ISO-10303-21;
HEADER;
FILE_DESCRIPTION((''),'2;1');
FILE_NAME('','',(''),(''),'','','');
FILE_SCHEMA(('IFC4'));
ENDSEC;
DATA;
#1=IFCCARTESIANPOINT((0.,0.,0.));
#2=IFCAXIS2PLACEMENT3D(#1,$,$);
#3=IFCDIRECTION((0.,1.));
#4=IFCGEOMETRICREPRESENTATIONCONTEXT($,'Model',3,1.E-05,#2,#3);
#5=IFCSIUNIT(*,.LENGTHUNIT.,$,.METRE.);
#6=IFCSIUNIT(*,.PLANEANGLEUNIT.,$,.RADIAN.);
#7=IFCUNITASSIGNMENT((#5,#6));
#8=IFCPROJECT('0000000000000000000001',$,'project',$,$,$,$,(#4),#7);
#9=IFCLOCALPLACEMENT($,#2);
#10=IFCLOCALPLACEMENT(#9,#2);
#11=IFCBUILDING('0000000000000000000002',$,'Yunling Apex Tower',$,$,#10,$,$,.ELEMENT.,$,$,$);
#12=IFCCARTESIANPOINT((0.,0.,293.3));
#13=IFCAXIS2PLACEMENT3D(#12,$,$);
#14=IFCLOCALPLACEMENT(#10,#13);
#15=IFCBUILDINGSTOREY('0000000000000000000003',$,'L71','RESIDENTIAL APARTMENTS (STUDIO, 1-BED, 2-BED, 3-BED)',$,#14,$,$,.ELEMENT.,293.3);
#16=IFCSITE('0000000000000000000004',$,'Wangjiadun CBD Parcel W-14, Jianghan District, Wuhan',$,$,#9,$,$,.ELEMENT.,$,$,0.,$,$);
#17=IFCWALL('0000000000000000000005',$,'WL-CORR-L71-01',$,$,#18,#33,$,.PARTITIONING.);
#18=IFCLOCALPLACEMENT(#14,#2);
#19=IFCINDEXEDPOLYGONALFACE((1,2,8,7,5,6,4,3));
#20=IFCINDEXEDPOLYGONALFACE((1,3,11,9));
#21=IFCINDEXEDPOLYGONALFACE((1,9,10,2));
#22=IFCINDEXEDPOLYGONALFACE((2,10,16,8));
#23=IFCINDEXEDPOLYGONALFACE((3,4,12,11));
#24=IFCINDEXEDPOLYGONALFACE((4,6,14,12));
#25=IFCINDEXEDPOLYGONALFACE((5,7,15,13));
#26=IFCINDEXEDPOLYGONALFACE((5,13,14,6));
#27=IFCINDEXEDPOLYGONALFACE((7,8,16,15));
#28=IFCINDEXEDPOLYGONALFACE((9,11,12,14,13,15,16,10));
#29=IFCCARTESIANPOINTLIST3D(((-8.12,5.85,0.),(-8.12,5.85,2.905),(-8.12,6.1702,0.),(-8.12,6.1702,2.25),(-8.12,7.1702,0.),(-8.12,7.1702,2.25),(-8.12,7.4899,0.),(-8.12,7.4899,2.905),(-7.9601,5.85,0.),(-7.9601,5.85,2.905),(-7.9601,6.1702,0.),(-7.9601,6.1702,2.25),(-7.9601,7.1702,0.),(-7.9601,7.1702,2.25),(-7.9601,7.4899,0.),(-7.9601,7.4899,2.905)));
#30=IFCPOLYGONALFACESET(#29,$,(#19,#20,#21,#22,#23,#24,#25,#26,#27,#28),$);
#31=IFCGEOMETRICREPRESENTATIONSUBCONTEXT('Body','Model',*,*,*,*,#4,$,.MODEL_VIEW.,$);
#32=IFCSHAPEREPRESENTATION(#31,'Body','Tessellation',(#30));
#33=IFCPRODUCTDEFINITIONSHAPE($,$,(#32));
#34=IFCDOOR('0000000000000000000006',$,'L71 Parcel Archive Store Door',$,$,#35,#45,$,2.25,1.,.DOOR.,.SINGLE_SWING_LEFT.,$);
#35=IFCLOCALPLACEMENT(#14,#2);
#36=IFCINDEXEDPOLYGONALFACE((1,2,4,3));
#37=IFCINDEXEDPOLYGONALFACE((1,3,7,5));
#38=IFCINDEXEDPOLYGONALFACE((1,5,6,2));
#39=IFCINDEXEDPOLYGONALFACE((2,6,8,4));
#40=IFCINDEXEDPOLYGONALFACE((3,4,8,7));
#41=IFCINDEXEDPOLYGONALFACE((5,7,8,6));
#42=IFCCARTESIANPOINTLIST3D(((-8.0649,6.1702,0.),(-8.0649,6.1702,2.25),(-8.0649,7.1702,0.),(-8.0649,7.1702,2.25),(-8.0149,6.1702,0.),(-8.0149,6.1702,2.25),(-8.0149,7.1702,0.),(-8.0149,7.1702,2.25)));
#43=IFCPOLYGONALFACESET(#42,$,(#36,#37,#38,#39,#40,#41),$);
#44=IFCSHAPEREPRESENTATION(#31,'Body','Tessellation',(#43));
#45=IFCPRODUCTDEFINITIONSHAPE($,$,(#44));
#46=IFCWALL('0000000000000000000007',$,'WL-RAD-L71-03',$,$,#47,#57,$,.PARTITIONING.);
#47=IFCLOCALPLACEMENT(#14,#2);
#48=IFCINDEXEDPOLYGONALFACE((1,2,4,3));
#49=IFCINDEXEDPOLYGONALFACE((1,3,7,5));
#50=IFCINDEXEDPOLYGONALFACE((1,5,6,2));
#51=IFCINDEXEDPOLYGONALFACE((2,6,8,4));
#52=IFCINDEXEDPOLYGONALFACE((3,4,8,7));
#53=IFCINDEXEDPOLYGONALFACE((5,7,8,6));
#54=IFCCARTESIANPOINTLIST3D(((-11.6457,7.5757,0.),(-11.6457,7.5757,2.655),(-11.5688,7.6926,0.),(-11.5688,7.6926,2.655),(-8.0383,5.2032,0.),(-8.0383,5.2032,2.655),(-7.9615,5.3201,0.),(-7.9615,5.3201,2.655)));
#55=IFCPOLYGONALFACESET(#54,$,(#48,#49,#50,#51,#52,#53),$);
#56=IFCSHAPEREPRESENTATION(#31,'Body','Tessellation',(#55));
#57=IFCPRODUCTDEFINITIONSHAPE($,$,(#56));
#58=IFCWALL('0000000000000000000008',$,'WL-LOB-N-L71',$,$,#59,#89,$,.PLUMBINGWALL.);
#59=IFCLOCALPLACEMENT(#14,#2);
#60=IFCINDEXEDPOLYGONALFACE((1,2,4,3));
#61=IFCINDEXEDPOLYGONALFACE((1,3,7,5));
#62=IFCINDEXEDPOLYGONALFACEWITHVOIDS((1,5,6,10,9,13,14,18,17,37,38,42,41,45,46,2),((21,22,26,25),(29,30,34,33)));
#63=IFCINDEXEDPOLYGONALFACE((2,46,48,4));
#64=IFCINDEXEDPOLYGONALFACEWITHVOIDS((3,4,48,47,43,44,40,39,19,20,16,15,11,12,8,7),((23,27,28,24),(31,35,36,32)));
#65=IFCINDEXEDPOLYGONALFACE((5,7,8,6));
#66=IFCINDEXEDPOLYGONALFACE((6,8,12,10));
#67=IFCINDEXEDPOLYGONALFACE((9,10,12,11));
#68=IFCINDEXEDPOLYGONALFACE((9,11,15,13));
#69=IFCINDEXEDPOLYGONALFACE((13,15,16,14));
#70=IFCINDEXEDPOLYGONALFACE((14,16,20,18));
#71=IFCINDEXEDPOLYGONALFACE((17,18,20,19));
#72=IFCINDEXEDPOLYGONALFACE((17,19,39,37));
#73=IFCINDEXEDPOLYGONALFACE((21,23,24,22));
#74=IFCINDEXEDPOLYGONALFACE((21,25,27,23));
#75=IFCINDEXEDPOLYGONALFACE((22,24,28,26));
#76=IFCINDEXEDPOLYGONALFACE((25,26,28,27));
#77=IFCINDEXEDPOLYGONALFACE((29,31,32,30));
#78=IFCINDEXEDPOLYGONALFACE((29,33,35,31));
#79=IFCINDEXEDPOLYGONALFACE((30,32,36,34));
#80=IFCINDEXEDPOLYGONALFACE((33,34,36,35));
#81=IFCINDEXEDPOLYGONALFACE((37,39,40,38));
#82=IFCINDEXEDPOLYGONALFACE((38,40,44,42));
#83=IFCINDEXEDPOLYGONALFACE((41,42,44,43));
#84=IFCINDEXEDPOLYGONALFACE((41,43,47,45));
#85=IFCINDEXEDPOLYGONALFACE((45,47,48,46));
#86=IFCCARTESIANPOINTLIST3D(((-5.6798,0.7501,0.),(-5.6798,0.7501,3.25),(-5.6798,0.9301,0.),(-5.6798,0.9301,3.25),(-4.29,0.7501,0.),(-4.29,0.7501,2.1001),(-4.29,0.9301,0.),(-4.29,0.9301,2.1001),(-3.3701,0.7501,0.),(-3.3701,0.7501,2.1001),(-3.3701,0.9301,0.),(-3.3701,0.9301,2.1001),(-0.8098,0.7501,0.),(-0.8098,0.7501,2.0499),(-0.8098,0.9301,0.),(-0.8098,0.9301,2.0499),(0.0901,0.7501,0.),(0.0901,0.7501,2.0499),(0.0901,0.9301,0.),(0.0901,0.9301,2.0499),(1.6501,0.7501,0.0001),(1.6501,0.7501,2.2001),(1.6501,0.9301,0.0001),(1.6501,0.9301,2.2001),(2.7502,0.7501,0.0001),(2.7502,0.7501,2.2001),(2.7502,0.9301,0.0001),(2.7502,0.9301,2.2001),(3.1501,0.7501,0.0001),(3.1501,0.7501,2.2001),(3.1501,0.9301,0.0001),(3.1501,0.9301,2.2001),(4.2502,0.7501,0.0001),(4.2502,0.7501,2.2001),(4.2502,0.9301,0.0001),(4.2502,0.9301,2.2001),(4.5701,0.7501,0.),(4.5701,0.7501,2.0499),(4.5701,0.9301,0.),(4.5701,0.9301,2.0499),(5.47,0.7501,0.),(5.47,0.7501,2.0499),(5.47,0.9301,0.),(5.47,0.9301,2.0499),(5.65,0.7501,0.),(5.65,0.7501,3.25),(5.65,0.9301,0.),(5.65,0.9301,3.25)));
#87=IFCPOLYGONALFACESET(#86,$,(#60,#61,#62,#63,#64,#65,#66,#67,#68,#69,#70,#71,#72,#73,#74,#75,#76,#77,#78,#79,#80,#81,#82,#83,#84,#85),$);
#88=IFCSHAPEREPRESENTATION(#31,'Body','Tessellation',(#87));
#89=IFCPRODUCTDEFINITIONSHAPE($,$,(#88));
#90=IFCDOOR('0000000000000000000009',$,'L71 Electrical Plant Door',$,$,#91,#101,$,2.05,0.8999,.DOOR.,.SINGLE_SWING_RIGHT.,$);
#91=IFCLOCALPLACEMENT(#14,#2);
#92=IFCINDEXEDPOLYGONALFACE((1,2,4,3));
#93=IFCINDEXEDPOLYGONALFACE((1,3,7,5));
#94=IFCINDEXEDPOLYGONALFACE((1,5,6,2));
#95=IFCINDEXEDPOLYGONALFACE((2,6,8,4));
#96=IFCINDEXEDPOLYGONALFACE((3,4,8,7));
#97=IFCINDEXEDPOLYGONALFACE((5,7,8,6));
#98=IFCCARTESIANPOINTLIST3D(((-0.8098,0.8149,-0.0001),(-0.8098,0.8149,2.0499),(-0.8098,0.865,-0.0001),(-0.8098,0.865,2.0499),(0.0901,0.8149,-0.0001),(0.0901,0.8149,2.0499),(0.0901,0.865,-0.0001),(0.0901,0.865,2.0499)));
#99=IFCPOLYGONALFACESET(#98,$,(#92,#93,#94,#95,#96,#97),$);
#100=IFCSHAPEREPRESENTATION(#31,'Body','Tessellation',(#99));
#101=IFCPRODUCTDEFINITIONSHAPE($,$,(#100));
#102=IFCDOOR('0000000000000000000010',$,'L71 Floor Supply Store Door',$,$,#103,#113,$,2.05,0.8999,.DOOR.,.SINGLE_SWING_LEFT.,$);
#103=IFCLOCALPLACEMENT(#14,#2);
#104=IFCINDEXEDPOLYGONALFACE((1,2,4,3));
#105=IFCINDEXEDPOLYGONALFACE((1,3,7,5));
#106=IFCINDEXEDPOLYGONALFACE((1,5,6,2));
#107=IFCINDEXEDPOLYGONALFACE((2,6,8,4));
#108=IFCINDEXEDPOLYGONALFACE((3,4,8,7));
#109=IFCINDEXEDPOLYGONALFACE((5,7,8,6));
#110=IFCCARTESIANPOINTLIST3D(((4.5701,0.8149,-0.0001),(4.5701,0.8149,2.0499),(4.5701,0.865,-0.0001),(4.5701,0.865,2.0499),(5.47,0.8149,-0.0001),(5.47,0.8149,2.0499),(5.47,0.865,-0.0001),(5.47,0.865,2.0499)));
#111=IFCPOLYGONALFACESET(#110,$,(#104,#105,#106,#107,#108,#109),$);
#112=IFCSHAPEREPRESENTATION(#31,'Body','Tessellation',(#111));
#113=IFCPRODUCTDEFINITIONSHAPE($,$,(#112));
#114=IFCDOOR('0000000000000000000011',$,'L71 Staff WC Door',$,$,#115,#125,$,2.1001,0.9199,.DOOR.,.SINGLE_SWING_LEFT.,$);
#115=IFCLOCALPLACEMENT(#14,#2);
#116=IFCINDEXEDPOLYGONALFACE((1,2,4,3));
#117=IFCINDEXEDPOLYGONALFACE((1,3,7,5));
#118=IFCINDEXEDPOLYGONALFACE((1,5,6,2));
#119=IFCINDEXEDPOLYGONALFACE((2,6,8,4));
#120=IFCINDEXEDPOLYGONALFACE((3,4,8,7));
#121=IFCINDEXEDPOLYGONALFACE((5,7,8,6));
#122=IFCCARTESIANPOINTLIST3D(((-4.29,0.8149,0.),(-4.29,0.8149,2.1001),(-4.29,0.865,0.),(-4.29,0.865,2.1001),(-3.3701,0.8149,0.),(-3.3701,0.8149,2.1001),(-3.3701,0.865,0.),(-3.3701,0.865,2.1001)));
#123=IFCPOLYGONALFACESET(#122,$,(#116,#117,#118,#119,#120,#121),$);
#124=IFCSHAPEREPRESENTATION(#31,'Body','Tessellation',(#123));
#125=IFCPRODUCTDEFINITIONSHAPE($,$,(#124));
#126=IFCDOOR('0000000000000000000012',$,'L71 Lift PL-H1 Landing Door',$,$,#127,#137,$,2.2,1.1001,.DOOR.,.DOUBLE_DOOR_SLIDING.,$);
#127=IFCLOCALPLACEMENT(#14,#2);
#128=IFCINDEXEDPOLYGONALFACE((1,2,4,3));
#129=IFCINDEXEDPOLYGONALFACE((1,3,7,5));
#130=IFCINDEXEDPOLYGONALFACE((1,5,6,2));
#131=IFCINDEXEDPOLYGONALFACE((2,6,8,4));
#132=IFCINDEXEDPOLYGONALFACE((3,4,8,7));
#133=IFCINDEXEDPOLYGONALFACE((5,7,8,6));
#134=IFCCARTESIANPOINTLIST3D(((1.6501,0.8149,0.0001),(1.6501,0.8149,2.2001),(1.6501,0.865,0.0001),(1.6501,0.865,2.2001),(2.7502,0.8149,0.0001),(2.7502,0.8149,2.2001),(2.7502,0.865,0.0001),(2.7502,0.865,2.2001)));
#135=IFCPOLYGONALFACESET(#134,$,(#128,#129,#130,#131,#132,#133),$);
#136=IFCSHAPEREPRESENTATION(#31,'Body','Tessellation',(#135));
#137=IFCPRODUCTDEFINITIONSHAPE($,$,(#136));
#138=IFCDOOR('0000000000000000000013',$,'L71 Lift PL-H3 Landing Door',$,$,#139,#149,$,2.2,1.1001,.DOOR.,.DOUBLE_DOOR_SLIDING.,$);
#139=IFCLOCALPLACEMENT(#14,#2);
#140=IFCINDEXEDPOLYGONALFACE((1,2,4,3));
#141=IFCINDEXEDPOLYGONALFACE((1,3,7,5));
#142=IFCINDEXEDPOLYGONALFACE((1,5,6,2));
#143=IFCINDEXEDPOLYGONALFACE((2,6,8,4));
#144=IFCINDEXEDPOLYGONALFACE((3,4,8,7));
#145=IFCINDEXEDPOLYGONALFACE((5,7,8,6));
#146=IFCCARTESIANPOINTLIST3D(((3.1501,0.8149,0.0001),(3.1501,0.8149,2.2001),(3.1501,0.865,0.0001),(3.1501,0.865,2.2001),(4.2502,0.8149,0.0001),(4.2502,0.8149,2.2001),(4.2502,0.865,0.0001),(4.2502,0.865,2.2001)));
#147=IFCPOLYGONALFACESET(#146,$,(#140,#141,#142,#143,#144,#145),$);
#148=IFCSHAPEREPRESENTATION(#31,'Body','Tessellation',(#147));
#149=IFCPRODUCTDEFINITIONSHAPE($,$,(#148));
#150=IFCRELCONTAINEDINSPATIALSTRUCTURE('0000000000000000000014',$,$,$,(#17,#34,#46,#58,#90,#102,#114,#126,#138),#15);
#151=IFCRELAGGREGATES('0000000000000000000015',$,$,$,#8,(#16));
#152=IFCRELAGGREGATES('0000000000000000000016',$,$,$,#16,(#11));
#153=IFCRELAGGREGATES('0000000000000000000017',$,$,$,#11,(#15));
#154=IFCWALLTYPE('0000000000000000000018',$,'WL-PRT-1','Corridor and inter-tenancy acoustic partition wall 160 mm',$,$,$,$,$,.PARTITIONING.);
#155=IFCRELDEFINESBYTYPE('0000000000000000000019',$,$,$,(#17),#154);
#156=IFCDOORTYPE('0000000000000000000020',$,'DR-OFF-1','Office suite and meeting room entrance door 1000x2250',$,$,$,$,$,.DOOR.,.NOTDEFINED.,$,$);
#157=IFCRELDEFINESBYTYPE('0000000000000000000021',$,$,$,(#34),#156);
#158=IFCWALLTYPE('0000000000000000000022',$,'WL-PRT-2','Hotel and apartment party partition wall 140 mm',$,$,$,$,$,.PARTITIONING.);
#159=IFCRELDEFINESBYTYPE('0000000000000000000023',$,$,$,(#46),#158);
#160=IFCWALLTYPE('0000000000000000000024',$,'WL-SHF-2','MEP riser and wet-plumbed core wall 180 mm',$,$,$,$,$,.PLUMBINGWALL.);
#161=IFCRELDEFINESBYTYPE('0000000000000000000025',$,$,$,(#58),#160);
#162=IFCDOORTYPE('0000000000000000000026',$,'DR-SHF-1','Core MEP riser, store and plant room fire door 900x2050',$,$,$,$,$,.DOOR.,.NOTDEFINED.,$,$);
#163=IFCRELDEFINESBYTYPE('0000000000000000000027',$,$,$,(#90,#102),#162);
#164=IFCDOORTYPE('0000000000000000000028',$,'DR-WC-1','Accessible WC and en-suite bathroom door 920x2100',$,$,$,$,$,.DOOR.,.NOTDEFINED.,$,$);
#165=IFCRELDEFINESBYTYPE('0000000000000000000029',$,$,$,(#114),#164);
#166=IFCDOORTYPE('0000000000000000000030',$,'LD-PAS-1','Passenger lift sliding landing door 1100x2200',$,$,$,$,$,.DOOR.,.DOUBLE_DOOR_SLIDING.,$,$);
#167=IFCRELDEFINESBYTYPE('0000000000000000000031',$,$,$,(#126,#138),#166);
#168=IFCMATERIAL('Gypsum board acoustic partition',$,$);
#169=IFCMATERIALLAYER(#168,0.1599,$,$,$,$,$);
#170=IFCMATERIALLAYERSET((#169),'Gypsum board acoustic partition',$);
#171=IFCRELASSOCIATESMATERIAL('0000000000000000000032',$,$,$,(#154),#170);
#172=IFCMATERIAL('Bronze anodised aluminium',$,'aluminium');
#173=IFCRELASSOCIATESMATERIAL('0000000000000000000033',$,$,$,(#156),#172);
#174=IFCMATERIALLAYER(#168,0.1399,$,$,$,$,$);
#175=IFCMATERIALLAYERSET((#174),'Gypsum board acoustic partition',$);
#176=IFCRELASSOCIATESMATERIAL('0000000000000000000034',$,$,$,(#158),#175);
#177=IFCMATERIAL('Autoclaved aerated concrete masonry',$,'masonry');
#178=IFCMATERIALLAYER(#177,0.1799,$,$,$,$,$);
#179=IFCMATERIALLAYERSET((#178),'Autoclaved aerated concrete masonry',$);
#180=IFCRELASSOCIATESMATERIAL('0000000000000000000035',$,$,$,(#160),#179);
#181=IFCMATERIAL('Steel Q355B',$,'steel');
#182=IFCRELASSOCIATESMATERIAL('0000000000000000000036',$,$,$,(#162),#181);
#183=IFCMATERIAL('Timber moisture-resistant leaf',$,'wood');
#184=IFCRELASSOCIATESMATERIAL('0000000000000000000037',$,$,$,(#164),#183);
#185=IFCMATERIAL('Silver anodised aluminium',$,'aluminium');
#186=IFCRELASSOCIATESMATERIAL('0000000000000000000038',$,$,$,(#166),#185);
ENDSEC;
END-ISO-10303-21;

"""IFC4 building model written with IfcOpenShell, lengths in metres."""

from ifc_helpers import new_model, si_unit, direction, frame, frame_2d, origin, place, context, subcontext, project, spatial, rectangle, extrude, material, layer, layer_set, type_object, element, fill, save


model = new_model("IFC4")

# Units and contexts
model_context = context("Model", 3, precision=1e-05, world=origin(), true_north=direction((0.0, 1.0)))
body_context = subcontext(model_context, "Body", "Model", "MODEL_VIEW")
ifc_project = project(units=[si_unit("LENGTHUNIT", "METRE"), si_unit("PLANEANGLEUNIT", "RADIAN")], contexts=[model_context])

# Site, building, storey
site_placement = place(None, origin())
site = spatial("IfcSite", under=ifc_project, at=site_placement, Name="Wangjiadun CBD Parcel W-14, Jianghan District, Wuhan", CompositionType="ELEMENT", RefElevation=0.0)
building_placement = place(site_placement, origin())
building = spatial("IfcBuilding", under=site, at=building_placement, Name="Yunling Apex Tower", CompositionType="ELEMENT")
storey_placement = place(building_placement, frame((0.0, 0.0, 293.3)))
storey = spatial("IfcBuildingStorey", under=building, at=storey_placement, Name="L71", Description="RESIDENTIAL APARTMENTS (STUDIO, 1-BED, 2-BED, 3-BED)", CompositionType="ELEMENT", Elevation=293.3)

# Shared definitions
ifc_material_1 = material(Name="Steel Q355B", Category="steel")

# Wall, opening, door
ifc_material_2 = material(Name="Gypsum board acoustic partition")
ifc_layer_1 = layer(ifc_material_2, 0.1599)
ifc_layer_set_1 = layer_set([ifc_layer_1], Name="Gypsum board acoustic partition")
wall_type_1 = type_object("IfcWallType", Name="WL-PRT-1", Description="Corridor and inter-tenancy acoustic partition wall 160 mm", PredefinedType="PARTITIONING", material=ifc_layer_set_1)
wall_1_placement = place(storey_placement, frame((-8.04, 5.8501, 0.0), z_axis=(0.0, 0.0, 1.0), x_axis=(0.0, 1.0, 0.0)))
wall_1 = element("IfcWall", 1, at=wall_1_placement, inside=storey, type_object=wall_type_1, Name="WL-CORR-L71-01", PredefinedType="PARTITIONING", context=body_context, shape_type="SweptSolid", body=[
    extrude(rectangle(XDim=1.6399, YDim=0.1599, at=frame_2d((0.8198, 0.0))), origin(), (0.0, 0.0, 1.0), 2.905),
])
opening_1_placement = place(wall_1_placement, frame((0.3201, 0.0, 0.0)))
opening_1 = element("IfcOpeningElement", 2, at=opening_1_placement, cuts=wall_1, PredefinedType="OPENING", context=body_context, shape_type="SweptSolid", body=[
    extrude(rectangle(XDim=1.0, YDim=2.25, at=frame_2d((0.5, 1.125))), frame((0.0, 0.0898, 0.0), z_axis=(0.0, -1.0, 0.0), x_axis=(1.0, 0.0, 0.0)), (0.0, 0.0, 1.0), 0.1799),
])
ifc_material_3 = material(Name="Bronze anodised aluminium", Category="aluminium")
door_type_1 = type_object("IfcDoorType", Name="DR-OFF-1", Description="Office suite and meeting room entrance door 1000x2250", OperationType="NOTDEFINED", PredefinedType="DOOR", material=ifc_material_3)
door_1_placement = place(opening_1_placement, origin())
door_1 = element("IfcDoor", 3, at=door_1_placement, inside=storey, type_object=door_type_1, Name="L71 Parcel Archive Store Door", OperationType="SINGLE_SWING_LEFT", OverallHeight=2.25, OverallWidth=1.0, PredefinedType="DOOR", context=body_context, shape_type="SweptSolid", body=[
    extrude(rectangle(XDim=1.0, YDim=2.25, at=frame_2d((0.5, 1.125))), frame((0.0, 0.0249, 0.0), z_axis=(0.0, -1.0, 0.0), x_axis=(1.0, 0.0, 0.0)), (0.0, 0.0, 1.0), 0.05),
])
fill(opening_1, door_1)

# Wall
ifc_layer_2 = layer(ifc_material_2, 0.1399)
ifc_layer_set_2 = layer_set([ifc_layer_2], Name="Gypsum board acoustic partition")
wall_type_2 = type_object("IfcWallType", Name="WL-PRT-2", Description="Hotel and apartment party partition wall 140 mm", PredefinedType="PARTITIONING", material=ifc_layer_set_2)
wall_2_placement = place(storey_placement, frame((-8.0, 5.2617, 0.0), z_axis=(0.0, 0.0, 1.0), x_axis=(-0.835496, 0.549496, 0.0)))
element("IfcWall", 4, at=wall_2_placement, inside=storey, type_object=wall_type_2, Name="WL-RAD-L71-03", PredefinedType="PARTITIONING", context=body_context, shape_type="SweptSolid", body=[
    extrude(rectangle(XDim=4.3176, YDim=0.1399, at=frame_2d((2.1587, 0.0))), origin(), (0.0, 0.0, 1.0), 2.655),
])

# Wall, openings, doors
ifc_material_4 = material(Name="Autoclaved aerated concrete masonry", Category="masonry")
ifc_layer_3 = layer(ifc_material_4, 0.1799)
ifc_layer_set_3 = layer_set([ifc_layer_3], Name="Autoclaved aerated concrete masonry")
wall_type_3 = type_object("IfcWallType", Name="WL-SHF-2", Description="MEP riser and wet-plumbed core wall 180 mm", PredefinedType="PLUMBINGWALL", material=ifc_layer_set_3)
wall_3_placement = place(storey_placement, frame((-5.6799, 0.8401, 0.0), z_axis=(0.0, 0.0, 1.0), x_axis=(1.0, 0.0, 0.0)))
wall_3 = element("IfcWall", 5, at=wall_3_placement, inside=storey, type_object=wall_type_3, Name="WL-LOB-N-L71", PredefinedType="PLUMBINGWALL", context=body_context, shape_type="SweptSolid", body=[
    extrude(rectangle(XDim=11.3298, YDim=0.1799, at=frame_2d((5.665, 0.0))), origin(), (0.0, 0.0, 1.0), 3.25),
])
opening_2_placement = place(wall_3_placement, frame((1.3899, 0.0, 0.0)))
opening_2 = element("IfcOpeningElement", 6, at=opening_2_placement, cuts=wall_3, PredefinedType="OPENING", context=body_context, shape_type="SweptSolid", body=[
    extrude(rectangle(XDim=0.9199, YDim=2.1001, at=frame_2d((0.46, 1.05))), frame((0.0, 0.1001, 0.0), z_axis=(0.0, -1.0, 0.0), x_axis=(1.0, 0.0, 0.0)), (0.0, 0.0, 1.0), 0.2),
])
opening_3_placement = place(wall_3_placement, frame((4.8701, 0.0, 0.0)))
opening_3 = element("IfcOpeningElement", 7, at=opening_3_placement, cuts=wall_3, PredefinedType="OPENING", context=body_context, shape_type="SweptSolid", body=[
    extrude(rectangle(XDim=0.8999, YDim=2.05, at=frame_2d((0.45, 1.0249))), frame((0.0, 0.1001, 0.0), z_axis=(0.0, -1.0, 0.0), x_axis=(1.0, 0.0, 0.0)), (0.0, 0.0, 1.0), 0.2),
])
opening_4_placement = place(wall_3_placement, frame((7.3301, 0.0, 0.0)))
opening_4 = element("IfcOpeningElement", 8, at=opening_4_placement, cuts=wall_3, PredefinedType="OPENING", context=body_context, shape_type="SweptSolid", body=[
    extrude(rectangle(XDim=1.1001, YDim=2.2, at=frame_2d((0.55, 1.1001))), frame((0.0, 0.1001, 0.0), z_axis=(0.0, -1.0, 0.0), x_axis=(1.0, 0.0, 0.0)), (0.0, 0.0, 1.0), 0.2),
])
opening_5_placement = place(wall_3_placement, frame((8.8301, 0.0, 0.0)))
opening_5 = element("IfcOpeningElement", 9, at=opening_5_placement, cuts=wall_3, PredefinedType="OPENING", context=body_context, shape_type="SweptSolid", body=[
    extrude(rectangle(XDim=1.1001, YDim=2.2, at=frame_2d((0.55, 1.1001))), frame((0.0, 0.1001, 0.0), z_axis=(0.0, -1.0, 0.0), x_axis=(1.0, 0.0, 0.0)), (0.0, 0.0, 1.0), 0.2),
])
opening_6_placement = place(wall_3_placement, frame((10.25, 0.0, 0.0)))
opening_6 = element("IfcOpeningElement", 10, at=opening_6_placement, cuts=wall_3, PredefinedType="OPENING", context=body_context, shape_type="SweptSolid", body=[
    extrude(rectangle(XDim=0.8999, YDim=2.05, at=frame_2d((0.45, 1.0249))), frame((0.0, 0.1001, 0.0), z_axis=(0.0, -1.0, 0.0), x_axis=(1.0, 0.0, 0.0)), (0.0, 0.0, 1.0), 0.2),
])
door_type_2 = type_object("IfcDoorType", Name="DR-SHF-1", Description="Core MEP riser, store and plant room fire door 900x2050", OperationType="NOTDEFINED", PredefinedType="DOOR", material=ifc_material_1)
door_2_placement = place(opening_3_placement, origin())
door_2 = element("IfcDoor", 11, at=door_2_placement, inside=storey, type_object=door_type_2, Name="L71 Electrical Plant Door", OperationType="SINGLE_SWING_RIGHT", OverallHeight=2.05, OverallWidth=0.8999, PredefinedType="DOOR", context=body_context, shape_type="SweptSolid", body=[
    extrude(rectangle(XDim=0.8999, YDim=2.05, at=frame_2d((0.45, 1.0249))), frame((0.0, 0.0249, 0.0), z_axis=(0.0, -1.0, 0.0), x_axis=(1.0, 0.0, 0.0)), (0.0, 0.0, 1.0), 0.05),
])
fill(opening_3, door_2)
door_3_placement = place(opening_6_placement, origin())
door_3 = element("IfcDoor", 12, at=door_3_placement, inside=storey, type_object=door_type_2, Name="L71 Floor Supply Store Door", OperationType="SINGLE_SWING_LEFT", OverallHeight=2.05, OverallWidth=0.8999, PredefinedType="DOOR", context=body_context, shape_type="SweptSolid", body=[
    extrude(rectangle(XDim=0.8999, YDim=2.05, at=frame_2d((0.45, 1.0249))), frame((0.0, 0.0249, 0.0), z_axis=(0.0, -1.0, 0.0), x_axis=(1.0, 0.0, 0.0)), (0.0, 0.0, 1.0), 0.05),
])
fill(opening_6, door_3)
ifc_material_5 = material(Name="Timber moisture-resistant leaf", Category="wood")
door_type_3 = type_object("IfcDoorType", Name="DR-WC-1", Description="Accessible WC and en-suite bathroom door 920x2100", OperationType="NOTDEFINED", PredefinedType="DOOR", material=ifc_material_5)
door_4_placement = place(opening_2_placement, origin())
door_4 = element("IfcDoor", 13, at=door_4_placement, inside=storey, type_object=door_type_3, Name="L71 Staff WC Door", OperationType="SINGLE_SWING_LEFT", OverallHeight=2.1001, OverallWidth=0.9199, PredefinedType="DOOR", context=body_context, shape_type="SweptSolid", body=[
    extrude(rectangle(XDim=0.9199, YDim=2.1001, at=frame_2d((0.46, 1.05))), frame((0.0, 0.0249, 0.0), z_axis=(0.0, -1.0, 0.0), x_axis=(1.0, 0.0, 0.0)), (0.0, 0.0, 1.0), 0.05),
])
fill(opening_2, door_4)
ifc_material_6 = material(Name="Silver anodised aluminium", Category="aluminium")
door_type_4 = type_object("IfcDoorType", Name="LD-PAS-1", Description="Passenger lift sliding landing door 1100x2200", OperationType="DOUBLE_DOOR_SLIDING", PredefinedType="DOOR", material=ifc_material_6)
door_5_placement = place(opening_4_placement, origin())
door_5 = element("IfcDoor", 14, at=door_5_placement, inside=storey, type_object=door_type_4, Name="L71 Lift PL-H1 Landing Door", OperationType="DOUBLE_DOOR_SLIDING", OverallHeight=2.2, OverallWidth=1.1001, PredefinedType="DOOR", context=body_context, shape_type="SweptSolid", body=[
    extrude(rectangle(XDim=1.1001, YDim=2.2, at=frame_2d((0.55, 1.1001))), frame((0.0, 0.0249, 0.0), z_axis=(0.0, -1.0, 0.0), x_axis=(1.0, 0.0, 0.0)), (0.0, 0.0, 1.0), 0.05),
])
fill(opening_4, door_5)
door_6_placement = place(opening_5_placement, origin())
door_6 = element("IfcDoor", 15, at=door_6_placement, inside=storey, type_object=door_type_4, Name="L71 Lift PL-H3 Landing Door", OperationType="DOUBLE_DOOR_SLIDING", OverallHeight=2.2, OverallWidth=1.1001, PredefinedType="DOOR", context=body_context, shape_type="SweptSolid", body=[
    extrude(rectangle(XDim=1.1001, YDim=2.2, at=frame_2d((0.55, 1.1001))), frame((0.0, 0.0249, 0.0), z_axis=(0.0, -1.0, 0.0), x_axis=(1.0, 0.0, 0.0)), (0.0, 0.0, 1.0), 0.05),
])
fill(opening_5, door_6)

save(model, "model.ifc")
